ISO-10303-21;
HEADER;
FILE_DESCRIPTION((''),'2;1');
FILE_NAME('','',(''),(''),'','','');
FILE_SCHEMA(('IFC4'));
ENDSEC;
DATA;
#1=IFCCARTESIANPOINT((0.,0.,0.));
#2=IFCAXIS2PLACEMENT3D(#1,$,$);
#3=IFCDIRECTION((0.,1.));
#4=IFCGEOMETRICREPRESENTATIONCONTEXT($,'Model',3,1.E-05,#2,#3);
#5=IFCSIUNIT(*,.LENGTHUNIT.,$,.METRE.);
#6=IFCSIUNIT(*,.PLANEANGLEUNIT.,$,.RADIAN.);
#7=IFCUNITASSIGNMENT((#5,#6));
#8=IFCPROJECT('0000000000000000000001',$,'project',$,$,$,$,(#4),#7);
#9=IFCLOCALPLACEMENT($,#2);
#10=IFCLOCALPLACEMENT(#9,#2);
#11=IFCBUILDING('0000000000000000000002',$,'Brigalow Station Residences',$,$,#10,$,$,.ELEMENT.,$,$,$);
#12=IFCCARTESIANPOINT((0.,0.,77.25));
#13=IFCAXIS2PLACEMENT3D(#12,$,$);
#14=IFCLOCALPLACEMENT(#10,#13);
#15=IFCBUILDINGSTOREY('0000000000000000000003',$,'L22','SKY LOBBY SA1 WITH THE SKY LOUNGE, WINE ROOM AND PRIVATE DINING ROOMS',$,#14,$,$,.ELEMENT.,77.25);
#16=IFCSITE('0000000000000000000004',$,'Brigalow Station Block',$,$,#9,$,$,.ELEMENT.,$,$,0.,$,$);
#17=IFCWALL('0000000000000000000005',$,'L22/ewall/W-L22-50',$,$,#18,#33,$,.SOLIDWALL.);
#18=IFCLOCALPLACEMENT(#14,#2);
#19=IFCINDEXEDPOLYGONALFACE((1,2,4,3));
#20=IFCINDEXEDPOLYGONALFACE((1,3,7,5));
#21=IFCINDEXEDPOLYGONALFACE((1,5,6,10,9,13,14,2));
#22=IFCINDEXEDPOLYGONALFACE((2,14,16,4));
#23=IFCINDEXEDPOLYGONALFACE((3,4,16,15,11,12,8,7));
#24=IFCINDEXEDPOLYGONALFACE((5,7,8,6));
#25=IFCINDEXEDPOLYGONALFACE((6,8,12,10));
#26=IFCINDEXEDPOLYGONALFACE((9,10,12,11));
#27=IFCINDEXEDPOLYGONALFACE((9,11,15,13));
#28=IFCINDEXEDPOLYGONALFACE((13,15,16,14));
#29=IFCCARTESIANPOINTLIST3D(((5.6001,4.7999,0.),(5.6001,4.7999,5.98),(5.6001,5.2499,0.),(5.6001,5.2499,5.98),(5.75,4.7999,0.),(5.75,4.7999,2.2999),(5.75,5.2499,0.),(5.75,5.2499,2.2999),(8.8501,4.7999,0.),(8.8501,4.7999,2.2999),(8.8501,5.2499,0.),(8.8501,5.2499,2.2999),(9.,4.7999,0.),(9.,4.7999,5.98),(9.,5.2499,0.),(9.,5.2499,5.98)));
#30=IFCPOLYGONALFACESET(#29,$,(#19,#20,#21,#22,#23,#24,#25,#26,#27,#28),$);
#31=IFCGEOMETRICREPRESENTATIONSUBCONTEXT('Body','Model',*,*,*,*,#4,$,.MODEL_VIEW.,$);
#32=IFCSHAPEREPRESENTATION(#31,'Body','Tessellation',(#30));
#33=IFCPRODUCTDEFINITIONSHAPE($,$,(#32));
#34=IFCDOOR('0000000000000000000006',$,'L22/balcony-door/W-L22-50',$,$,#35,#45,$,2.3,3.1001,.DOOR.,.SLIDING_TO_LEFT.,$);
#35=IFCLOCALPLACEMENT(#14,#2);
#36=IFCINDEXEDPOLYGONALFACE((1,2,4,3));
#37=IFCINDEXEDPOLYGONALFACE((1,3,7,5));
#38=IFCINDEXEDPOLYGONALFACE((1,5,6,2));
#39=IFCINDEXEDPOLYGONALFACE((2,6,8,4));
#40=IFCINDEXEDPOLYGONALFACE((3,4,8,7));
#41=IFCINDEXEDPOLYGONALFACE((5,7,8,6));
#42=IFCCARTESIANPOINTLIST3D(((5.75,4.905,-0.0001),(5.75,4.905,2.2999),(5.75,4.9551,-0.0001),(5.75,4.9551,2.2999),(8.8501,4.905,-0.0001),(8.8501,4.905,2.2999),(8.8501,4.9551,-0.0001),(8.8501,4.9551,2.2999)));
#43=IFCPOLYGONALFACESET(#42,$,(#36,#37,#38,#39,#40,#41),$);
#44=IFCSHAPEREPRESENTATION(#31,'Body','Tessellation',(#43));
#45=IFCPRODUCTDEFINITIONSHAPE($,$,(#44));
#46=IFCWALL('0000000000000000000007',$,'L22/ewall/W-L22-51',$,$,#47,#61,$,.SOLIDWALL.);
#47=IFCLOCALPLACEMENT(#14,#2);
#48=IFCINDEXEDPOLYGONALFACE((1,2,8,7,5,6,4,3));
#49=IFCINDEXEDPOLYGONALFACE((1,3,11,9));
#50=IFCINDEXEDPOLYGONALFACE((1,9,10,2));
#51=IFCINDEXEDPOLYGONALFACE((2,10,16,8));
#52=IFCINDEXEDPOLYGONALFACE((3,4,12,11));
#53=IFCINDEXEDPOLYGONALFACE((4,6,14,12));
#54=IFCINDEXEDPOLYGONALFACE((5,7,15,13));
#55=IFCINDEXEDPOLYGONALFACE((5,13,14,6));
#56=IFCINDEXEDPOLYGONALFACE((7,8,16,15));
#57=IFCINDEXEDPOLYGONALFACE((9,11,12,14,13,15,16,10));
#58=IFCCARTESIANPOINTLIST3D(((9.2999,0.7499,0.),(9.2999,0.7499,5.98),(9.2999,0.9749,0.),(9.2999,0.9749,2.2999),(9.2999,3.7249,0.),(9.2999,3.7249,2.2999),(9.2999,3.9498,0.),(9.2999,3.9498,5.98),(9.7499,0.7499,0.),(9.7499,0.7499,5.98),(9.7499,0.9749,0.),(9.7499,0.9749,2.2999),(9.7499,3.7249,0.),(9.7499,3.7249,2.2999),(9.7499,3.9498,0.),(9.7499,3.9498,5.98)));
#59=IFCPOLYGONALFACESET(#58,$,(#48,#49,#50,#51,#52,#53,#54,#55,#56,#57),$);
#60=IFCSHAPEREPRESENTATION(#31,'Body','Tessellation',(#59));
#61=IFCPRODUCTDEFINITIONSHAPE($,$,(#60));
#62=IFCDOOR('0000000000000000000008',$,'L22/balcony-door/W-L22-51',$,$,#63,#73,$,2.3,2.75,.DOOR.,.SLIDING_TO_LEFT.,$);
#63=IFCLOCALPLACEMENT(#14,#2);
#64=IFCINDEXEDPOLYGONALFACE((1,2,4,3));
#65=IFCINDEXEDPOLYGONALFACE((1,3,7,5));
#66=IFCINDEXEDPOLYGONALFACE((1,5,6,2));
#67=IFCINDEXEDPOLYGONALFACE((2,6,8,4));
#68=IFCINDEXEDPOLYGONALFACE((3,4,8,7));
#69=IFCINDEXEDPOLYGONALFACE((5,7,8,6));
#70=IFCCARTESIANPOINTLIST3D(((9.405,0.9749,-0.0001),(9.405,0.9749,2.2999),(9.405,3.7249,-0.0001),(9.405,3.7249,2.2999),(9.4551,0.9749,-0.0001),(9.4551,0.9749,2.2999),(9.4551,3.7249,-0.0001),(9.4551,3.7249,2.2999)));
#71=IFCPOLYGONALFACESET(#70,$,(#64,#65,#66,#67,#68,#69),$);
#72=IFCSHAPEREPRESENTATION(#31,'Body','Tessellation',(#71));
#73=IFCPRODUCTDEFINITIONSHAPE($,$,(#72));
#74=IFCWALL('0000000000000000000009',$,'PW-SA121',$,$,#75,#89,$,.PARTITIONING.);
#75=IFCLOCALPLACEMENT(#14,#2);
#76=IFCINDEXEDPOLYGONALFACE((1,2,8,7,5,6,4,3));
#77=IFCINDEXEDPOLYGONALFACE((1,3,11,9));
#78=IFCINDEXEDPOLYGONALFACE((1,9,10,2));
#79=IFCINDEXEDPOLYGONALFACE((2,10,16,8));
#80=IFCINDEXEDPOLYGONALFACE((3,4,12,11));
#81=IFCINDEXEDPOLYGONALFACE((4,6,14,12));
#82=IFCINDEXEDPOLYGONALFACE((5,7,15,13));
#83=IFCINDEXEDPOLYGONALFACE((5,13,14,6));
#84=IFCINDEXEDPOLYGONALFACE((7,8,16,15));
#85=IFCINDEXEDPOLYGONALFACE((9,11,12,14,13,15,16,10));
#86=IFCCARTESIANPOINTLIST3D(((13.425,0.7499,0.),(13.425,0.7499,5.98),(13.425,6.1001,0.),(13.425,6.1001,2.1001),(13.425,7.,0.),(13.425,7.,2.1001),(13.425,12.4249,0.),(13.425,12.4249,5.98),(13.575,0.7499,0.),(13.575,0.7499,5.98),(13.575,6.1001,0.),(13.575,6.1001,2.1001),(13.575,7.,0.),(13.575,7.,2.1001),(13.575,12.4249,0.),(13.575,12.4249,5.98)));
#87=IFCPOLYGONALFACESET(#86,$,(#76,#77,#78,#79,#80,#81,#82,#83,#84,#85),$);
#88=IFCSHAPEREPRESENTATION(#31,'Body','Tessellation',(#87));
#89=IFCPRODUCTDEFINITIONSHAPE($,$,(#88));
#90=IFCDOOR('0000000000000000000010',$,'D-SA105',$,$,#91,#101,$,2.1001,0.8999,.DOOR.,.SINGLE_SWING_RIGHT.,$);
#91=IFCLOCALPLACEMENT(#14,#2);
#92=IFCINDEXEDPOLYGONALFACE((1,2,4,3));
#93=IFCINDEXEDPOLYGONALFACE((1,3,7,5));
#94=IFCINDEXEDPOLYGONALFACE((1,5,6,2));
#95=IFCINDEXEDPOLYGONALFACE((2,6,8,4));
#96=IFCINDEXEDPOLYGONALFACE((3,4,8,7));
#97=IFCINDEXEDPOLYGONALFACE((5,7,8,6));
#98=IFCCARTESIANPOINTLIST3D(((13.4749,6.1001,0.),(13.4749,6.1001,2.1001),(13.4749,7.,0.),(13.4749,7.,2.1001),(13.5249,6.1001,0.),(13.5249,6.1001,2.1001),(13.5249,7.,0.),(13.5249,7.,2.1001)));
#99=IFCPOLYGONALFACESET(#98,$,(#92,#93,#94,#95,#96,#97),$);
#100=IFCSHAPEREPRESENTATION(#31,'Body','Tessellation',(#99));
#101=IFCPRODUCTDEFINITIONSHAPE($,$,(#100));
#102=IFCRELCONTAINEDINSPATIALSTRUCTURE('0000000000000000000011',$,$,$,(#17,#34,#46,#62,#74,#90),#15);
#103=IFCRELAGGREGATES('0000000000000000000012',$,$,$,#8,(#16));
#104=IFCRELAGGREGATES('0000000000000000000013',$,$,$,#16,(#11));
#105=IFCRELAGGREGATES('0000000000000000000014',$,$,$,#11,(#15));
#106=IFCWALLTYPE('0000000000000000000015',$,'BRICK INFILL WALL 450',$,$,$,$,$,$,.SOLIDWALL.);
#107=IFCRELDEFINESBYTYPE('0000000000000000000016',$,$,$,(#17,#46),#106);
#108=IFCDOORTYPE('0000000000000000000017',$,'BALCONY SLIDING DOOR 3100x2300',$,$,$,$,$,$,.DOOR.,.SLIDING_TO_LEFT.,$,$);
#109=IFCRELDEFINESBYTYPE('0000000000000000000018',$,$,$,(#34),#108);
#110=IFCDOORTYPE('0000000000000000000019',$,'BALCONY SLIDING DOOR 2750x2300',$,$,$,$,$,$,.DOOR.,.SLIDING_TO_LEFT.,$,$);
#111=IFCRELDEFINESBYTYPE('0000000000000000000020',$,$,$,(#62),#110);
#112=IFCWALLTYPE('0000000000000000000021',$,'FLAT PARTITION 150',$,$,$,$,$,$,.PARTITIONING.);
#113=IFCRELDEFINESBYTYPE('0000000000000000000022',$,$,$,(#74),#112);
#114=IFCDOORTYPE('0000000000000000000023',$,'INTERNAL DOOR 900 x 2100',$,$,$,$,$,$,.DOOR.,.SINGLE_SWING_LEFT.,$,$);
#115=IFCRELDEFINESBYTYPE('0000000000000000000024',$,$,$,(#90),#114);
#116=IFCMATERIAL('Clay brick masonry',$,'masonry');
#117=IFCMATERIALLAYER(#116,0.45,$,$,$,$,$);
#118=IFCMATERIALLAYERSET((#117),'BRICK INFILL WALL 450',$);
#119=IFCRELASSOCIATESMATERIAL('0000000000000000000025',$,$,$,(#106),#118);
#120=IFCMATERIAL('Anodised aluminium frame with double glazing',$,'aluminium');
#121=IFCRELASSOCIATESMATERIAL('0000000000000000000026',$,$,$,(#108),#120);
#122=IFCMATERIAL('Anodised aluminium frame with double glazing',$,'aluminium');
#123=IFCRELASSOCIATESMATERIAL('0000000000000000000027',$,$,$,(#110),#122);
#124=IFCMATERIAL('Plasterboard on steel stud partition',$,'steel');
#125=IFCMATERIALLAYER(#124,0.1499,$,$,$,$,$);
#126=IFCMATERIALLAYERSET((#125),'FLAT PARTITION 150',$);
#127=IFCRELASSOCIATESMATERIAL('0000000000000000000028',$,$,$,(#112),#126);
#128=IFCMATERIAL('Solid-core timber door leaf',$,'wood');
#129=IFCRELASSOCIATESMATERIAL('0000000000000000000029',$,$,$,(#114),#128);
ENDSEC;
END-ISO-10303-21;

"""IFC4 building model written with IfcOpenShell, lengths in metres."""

from ifc_helpers import new_model, si_unit, direction, frame, frame_2d, origin, place, context, subcontext, project, spatial, rectangle, extrude, material, layer, layer_set, type_object, element, fill, save


model = new_model("IFC4")

# Units and contexts
model_context = context("Model", 3, precision=1e-05, world=origin(), true_north=direction((0.0, 1.0)))
body_context = subcontext(model_context, "Body", "Model", "MODEL_VIEW")
ifc_project = project(units=[si_unit("LENGTHUNIT", "METRE"), si_unit("PLANEANGLEUNIT", "RADIAN")], contexts=[model_context])

# Site, building, storey
site_placement = place(None, origin())
site = spatial("IfcSite", under=ifc_project, at=site_placement, Name="Brigalow Station Block", CompositionType="ELEMENT", RefElevation=0.0)
building_placement = place(site_placement, origin())
building = spatial("IfcBuilding", under=site, at=building_placement, Name="Brigalow Station Residences", CompositionType="ELEMENT")
storey_placement = place(building_placement, frame((0.0, 0.0, 77.25)))
storey = spatial("IfcBuildingStorey", under=building, at=storey_placement, Name="L22", Description="SKY LOBBY SA1 WITH THE SKY LOUNGE, WINE ROOM AND PRIVATE DINING ROOMS", CompositionType="ELEMENT", Elevation=77.25)

# Walls, openings, doors
ifc_material_1 = material(Name="Clay brick masonry", Category="masonry")
ifc_layer_1 = layer(ifc_material_1, 0.45)
ifc_layer_set_1 = layer_set([ifc_layer_1], Name="BRICK INFILL WALL 450")
wall_type_1 = type_object("IfcWallType", Name="BRICK INFILL WALL 450", PredefinedType="SOLIDWALL", material=ifc_layer_set_1)
wall_1_placement = place(storey_placement, frame((5.6001, 5.0249, 0.0), z_axis=(0.0, 0.0, 1.0), x_axis=(1.0, 0.0, 0.0)))
wall_1 = element("IfcWall", 1, at=wall_1_placement, inside=storey, type_object=wall_type_1, Name="L22/ewall/W-L22-50", PredefinedType="SOLIDWALL", context=body_context, shape_type="SweptSolid", body=[
    extrude(rectangle(XDim=3.3999, YDim=0.45, at=frame_2d((1.7, 0.0))), origin(), (0.0, 0.0, 1.0), 5.98),
])
opening_1_placement = place(wall_1_placement, frame((0.1499, 0.0, 0.0)))
opening_1 = element("IfcOpeningElement", 2, at=opening_1_placement, cuts=wall_1, PredefinedType="OPENING", context=body_context, shape_type="SweptSolid", body=[
    extrude(rectangle(XDim=3.1001, YDim=2.3, at=frame_2d((1.55, 1.1499))), frame((0.0, 0.2349, 0.0), z_axis=(0.0, -1.0, 0.0), x_axis=(1.0, 0.0, 0.0)), (0.0, 0.0, 1.0), 0.47),
])
ifc_material_2 = material(Name="Anodised aluminium frame with double glazing", Category="aluminium")
door_type_1 = type_object("IfcDoorType", Name="BALCONY SLIDING DOOR 3100x2300", OperationType="SLIDING_TO_LEFT", PredefinedType="DOOR", material=ifc_material_2)
door_1_placement = place(opening_1_placement, origin())
door_1 = element("IfcDoor", 3, at=door_1_placement, inside=storey, type_object=door_type_1, Name="L22/balcony-door/W-L22-50", OperationType="SLIDING_TO_LEFT", OverallHeight=2.3, OverallWidth=3.1001, PredefinedType="DOOR", context=body_context, shape_type="SweptSolid", body=[
    extrude(rectangle(XDim=3.1001, YDim=2.3, at=frame_2d((1.55, 1.1499))), frame((0.0, -0.0698, 0.0), z_axis=(0.0, -1.0, 0.0), x_axis=(1.0, 0.0, 0.0)), (0.0, 0.0, 1.0), 0.05),
])
fill(opening_1, door_1)
wall_2_placement = place(storey_placement, frame((9.5249, 3.95, 0.0), z_axis=(0.0, 0.0, 1.0), x_axis=(0.0, -1.0, 0.0)))
wall_2 = element("IfcWall", 4, at=wall_2_placement, inside=storey, type_object=wall_type_1, Name="L22/ewall/W-L22-51", PredefinedType="SOLIDWALL", context=body_context, shape_type="SweptSolid", body=[
    extrude(rectangle(XDim=3.2, YDim=0.45, at=frame_2d((1.6001, 0.0))), origin(), (0.0, 0.0, 1.0), 5.98),
])
opening_2_placement = place(wall_2_placement, frame((0.2251, 0.0, 0.0)))
opening_2 = element("IfcOpeningElement", 5, at=opening_2_placement, cuts=wall_2, PredefinedType="OPENING", context=body_context, shape_type="SweptSolid", body=[
    extrude(rectangle(XDim=2.75, YDim=2.3, at=frame_2d((1.375, 1.1499))), frame((0.0, 0.2349, 0.0), z_axis=(0.0, -1.0, 0.0), x_axis=(1.0, 0.0, 0.0)), (0.0, 0.0, 1.0), 0.47),
])
ifc_material_3 = material(Name="Anodised aluminium frame with double glazing", Category="aluminium")
door_type_2 = type_object("IfcDoorType", Name="BALCONY SLIDING DOOR 2750x2300", OperationType="SLIDING_TO_LEFT", PredefinedType="DOOR", material=ifc_material_3)
door_2_placement = place(opening_2_placement, origin())
door_2 = element("IfcDoor", 6, at=door_2_placement, inside=storey, type_object=door_type_2, Name="L22/balcony-door/W-L22-51", OperationType="SLIDING_TO_LEFT", OverallHeight=2.3, OverallWidth=2.75, PredefinedType="DOOR", context=body_context, shape_type="SweptSolid", body=[
    extrude(rectangle(XDim=2.75, YDim=2.3, at=frame_2d((1.375, 1.1499))), frame((0.0, -0.0698, 0.0), z_axis=(0.0, -1.0, 0.0), x_axis=(1.0, 0.0, 0.0)), (0.0, 0.0, 1.0), 0.05),
])
fill(opening_2, door_2)
ifc_material_4 = material(Name="Plasterboard on steel stud partition", Category="steel")
ifc_layer_2 = layer(ifc_material_4, 0.1499)
ifc_layer_set_2 = layer_set([ifc_layer_2], Name="FLAT PARTITION 150")
wall_type_2 = type_object("IfcWallType", Name="FLAT PARTITION 150", PredefinedType="PARTITIONING", material=ifc_layer_set_2)
wall_3_placement = place(storey_placement, frame((13.5, 0.75, 0.0), z_axis=(0.0, 0.0, 1.0), x_axis=(0.0, 1.0, 0.0)))
wall_3 = element("IfcWall", 7, at=wall_3_placement, inside=storey, type_object=wall_type_2, Name="PW-SA121", PredefinedType="PARTITIONING", context=body_context, shape_type="SweptSolid", body=[
    extrude(rectangle(XDim=11.675, YDim=0.1499, at=frame_2d((5.8374, 0.0))), origin(), (0.0, 0.0, 1.0), 5.98),
])
opening_3_placement = place(wall_3_placement, frame((5.3501, 0.0, 0.0)))
opening_3 = element("IfcOpeningElement", 8, at=opening_3_placement, cuts=wall_3, PredefinedType="OPENING", context=body_context, shape_type="SweptSolid", body=[
    extrude(rectangle(XDim=0.8999, YDim=2.1001, at=frame_2d((0.45, 1.05))), frame((0.0, 0.085, 0.0), z_axis=(0.0, -1.0, 0.0), x_axis=(1.0, 0.0, 0.0)), (0.0, 0.0, 1.0), 0.1699),
])
ifc_material_5 = material(Name="Solid-core timber door leaf", Category="wood")
door_type_3 = type_object("IfcDoorType", Name="INTERNAL DOOR 900 x 2100", OperationType="SINGLE_SWING_LEFT", PredefinedType="DOOR", material=ifc_material_5)
door_3_placement = place(opening_3_placement, frame((0.8999, 0.0, 0.0), z_axis=(0.0, 0.0, 1.0), x_axis=(-1.0, 0.0, 0.0)))
door_3 = element("IfcDoor", 9, at=door_3_placement, inside=storey, type_object=door_type_3, Name="D-SA105", OperationType="SINGLE_SWING_RIGHT", OverallHeight=2.1001, OverallWidth=0.8999, PredefinedType="DOOR", context=body_context, shape_type="SweptSolid", body=[
    extrude(rectangle(XDim=0.8999, YDim=2.1001, at=frame_2d((0.45, 1.05))), frame((0.0, 0.0249, 0.0), z_axis=(0.0, -1.0, 0.0), x_axis=(1.0, 0.0, 0.0)), (0.0, 0.0, 1.0), 0.05),
])
fill(opening_3, door_3)

save(model, "model.ifc")
